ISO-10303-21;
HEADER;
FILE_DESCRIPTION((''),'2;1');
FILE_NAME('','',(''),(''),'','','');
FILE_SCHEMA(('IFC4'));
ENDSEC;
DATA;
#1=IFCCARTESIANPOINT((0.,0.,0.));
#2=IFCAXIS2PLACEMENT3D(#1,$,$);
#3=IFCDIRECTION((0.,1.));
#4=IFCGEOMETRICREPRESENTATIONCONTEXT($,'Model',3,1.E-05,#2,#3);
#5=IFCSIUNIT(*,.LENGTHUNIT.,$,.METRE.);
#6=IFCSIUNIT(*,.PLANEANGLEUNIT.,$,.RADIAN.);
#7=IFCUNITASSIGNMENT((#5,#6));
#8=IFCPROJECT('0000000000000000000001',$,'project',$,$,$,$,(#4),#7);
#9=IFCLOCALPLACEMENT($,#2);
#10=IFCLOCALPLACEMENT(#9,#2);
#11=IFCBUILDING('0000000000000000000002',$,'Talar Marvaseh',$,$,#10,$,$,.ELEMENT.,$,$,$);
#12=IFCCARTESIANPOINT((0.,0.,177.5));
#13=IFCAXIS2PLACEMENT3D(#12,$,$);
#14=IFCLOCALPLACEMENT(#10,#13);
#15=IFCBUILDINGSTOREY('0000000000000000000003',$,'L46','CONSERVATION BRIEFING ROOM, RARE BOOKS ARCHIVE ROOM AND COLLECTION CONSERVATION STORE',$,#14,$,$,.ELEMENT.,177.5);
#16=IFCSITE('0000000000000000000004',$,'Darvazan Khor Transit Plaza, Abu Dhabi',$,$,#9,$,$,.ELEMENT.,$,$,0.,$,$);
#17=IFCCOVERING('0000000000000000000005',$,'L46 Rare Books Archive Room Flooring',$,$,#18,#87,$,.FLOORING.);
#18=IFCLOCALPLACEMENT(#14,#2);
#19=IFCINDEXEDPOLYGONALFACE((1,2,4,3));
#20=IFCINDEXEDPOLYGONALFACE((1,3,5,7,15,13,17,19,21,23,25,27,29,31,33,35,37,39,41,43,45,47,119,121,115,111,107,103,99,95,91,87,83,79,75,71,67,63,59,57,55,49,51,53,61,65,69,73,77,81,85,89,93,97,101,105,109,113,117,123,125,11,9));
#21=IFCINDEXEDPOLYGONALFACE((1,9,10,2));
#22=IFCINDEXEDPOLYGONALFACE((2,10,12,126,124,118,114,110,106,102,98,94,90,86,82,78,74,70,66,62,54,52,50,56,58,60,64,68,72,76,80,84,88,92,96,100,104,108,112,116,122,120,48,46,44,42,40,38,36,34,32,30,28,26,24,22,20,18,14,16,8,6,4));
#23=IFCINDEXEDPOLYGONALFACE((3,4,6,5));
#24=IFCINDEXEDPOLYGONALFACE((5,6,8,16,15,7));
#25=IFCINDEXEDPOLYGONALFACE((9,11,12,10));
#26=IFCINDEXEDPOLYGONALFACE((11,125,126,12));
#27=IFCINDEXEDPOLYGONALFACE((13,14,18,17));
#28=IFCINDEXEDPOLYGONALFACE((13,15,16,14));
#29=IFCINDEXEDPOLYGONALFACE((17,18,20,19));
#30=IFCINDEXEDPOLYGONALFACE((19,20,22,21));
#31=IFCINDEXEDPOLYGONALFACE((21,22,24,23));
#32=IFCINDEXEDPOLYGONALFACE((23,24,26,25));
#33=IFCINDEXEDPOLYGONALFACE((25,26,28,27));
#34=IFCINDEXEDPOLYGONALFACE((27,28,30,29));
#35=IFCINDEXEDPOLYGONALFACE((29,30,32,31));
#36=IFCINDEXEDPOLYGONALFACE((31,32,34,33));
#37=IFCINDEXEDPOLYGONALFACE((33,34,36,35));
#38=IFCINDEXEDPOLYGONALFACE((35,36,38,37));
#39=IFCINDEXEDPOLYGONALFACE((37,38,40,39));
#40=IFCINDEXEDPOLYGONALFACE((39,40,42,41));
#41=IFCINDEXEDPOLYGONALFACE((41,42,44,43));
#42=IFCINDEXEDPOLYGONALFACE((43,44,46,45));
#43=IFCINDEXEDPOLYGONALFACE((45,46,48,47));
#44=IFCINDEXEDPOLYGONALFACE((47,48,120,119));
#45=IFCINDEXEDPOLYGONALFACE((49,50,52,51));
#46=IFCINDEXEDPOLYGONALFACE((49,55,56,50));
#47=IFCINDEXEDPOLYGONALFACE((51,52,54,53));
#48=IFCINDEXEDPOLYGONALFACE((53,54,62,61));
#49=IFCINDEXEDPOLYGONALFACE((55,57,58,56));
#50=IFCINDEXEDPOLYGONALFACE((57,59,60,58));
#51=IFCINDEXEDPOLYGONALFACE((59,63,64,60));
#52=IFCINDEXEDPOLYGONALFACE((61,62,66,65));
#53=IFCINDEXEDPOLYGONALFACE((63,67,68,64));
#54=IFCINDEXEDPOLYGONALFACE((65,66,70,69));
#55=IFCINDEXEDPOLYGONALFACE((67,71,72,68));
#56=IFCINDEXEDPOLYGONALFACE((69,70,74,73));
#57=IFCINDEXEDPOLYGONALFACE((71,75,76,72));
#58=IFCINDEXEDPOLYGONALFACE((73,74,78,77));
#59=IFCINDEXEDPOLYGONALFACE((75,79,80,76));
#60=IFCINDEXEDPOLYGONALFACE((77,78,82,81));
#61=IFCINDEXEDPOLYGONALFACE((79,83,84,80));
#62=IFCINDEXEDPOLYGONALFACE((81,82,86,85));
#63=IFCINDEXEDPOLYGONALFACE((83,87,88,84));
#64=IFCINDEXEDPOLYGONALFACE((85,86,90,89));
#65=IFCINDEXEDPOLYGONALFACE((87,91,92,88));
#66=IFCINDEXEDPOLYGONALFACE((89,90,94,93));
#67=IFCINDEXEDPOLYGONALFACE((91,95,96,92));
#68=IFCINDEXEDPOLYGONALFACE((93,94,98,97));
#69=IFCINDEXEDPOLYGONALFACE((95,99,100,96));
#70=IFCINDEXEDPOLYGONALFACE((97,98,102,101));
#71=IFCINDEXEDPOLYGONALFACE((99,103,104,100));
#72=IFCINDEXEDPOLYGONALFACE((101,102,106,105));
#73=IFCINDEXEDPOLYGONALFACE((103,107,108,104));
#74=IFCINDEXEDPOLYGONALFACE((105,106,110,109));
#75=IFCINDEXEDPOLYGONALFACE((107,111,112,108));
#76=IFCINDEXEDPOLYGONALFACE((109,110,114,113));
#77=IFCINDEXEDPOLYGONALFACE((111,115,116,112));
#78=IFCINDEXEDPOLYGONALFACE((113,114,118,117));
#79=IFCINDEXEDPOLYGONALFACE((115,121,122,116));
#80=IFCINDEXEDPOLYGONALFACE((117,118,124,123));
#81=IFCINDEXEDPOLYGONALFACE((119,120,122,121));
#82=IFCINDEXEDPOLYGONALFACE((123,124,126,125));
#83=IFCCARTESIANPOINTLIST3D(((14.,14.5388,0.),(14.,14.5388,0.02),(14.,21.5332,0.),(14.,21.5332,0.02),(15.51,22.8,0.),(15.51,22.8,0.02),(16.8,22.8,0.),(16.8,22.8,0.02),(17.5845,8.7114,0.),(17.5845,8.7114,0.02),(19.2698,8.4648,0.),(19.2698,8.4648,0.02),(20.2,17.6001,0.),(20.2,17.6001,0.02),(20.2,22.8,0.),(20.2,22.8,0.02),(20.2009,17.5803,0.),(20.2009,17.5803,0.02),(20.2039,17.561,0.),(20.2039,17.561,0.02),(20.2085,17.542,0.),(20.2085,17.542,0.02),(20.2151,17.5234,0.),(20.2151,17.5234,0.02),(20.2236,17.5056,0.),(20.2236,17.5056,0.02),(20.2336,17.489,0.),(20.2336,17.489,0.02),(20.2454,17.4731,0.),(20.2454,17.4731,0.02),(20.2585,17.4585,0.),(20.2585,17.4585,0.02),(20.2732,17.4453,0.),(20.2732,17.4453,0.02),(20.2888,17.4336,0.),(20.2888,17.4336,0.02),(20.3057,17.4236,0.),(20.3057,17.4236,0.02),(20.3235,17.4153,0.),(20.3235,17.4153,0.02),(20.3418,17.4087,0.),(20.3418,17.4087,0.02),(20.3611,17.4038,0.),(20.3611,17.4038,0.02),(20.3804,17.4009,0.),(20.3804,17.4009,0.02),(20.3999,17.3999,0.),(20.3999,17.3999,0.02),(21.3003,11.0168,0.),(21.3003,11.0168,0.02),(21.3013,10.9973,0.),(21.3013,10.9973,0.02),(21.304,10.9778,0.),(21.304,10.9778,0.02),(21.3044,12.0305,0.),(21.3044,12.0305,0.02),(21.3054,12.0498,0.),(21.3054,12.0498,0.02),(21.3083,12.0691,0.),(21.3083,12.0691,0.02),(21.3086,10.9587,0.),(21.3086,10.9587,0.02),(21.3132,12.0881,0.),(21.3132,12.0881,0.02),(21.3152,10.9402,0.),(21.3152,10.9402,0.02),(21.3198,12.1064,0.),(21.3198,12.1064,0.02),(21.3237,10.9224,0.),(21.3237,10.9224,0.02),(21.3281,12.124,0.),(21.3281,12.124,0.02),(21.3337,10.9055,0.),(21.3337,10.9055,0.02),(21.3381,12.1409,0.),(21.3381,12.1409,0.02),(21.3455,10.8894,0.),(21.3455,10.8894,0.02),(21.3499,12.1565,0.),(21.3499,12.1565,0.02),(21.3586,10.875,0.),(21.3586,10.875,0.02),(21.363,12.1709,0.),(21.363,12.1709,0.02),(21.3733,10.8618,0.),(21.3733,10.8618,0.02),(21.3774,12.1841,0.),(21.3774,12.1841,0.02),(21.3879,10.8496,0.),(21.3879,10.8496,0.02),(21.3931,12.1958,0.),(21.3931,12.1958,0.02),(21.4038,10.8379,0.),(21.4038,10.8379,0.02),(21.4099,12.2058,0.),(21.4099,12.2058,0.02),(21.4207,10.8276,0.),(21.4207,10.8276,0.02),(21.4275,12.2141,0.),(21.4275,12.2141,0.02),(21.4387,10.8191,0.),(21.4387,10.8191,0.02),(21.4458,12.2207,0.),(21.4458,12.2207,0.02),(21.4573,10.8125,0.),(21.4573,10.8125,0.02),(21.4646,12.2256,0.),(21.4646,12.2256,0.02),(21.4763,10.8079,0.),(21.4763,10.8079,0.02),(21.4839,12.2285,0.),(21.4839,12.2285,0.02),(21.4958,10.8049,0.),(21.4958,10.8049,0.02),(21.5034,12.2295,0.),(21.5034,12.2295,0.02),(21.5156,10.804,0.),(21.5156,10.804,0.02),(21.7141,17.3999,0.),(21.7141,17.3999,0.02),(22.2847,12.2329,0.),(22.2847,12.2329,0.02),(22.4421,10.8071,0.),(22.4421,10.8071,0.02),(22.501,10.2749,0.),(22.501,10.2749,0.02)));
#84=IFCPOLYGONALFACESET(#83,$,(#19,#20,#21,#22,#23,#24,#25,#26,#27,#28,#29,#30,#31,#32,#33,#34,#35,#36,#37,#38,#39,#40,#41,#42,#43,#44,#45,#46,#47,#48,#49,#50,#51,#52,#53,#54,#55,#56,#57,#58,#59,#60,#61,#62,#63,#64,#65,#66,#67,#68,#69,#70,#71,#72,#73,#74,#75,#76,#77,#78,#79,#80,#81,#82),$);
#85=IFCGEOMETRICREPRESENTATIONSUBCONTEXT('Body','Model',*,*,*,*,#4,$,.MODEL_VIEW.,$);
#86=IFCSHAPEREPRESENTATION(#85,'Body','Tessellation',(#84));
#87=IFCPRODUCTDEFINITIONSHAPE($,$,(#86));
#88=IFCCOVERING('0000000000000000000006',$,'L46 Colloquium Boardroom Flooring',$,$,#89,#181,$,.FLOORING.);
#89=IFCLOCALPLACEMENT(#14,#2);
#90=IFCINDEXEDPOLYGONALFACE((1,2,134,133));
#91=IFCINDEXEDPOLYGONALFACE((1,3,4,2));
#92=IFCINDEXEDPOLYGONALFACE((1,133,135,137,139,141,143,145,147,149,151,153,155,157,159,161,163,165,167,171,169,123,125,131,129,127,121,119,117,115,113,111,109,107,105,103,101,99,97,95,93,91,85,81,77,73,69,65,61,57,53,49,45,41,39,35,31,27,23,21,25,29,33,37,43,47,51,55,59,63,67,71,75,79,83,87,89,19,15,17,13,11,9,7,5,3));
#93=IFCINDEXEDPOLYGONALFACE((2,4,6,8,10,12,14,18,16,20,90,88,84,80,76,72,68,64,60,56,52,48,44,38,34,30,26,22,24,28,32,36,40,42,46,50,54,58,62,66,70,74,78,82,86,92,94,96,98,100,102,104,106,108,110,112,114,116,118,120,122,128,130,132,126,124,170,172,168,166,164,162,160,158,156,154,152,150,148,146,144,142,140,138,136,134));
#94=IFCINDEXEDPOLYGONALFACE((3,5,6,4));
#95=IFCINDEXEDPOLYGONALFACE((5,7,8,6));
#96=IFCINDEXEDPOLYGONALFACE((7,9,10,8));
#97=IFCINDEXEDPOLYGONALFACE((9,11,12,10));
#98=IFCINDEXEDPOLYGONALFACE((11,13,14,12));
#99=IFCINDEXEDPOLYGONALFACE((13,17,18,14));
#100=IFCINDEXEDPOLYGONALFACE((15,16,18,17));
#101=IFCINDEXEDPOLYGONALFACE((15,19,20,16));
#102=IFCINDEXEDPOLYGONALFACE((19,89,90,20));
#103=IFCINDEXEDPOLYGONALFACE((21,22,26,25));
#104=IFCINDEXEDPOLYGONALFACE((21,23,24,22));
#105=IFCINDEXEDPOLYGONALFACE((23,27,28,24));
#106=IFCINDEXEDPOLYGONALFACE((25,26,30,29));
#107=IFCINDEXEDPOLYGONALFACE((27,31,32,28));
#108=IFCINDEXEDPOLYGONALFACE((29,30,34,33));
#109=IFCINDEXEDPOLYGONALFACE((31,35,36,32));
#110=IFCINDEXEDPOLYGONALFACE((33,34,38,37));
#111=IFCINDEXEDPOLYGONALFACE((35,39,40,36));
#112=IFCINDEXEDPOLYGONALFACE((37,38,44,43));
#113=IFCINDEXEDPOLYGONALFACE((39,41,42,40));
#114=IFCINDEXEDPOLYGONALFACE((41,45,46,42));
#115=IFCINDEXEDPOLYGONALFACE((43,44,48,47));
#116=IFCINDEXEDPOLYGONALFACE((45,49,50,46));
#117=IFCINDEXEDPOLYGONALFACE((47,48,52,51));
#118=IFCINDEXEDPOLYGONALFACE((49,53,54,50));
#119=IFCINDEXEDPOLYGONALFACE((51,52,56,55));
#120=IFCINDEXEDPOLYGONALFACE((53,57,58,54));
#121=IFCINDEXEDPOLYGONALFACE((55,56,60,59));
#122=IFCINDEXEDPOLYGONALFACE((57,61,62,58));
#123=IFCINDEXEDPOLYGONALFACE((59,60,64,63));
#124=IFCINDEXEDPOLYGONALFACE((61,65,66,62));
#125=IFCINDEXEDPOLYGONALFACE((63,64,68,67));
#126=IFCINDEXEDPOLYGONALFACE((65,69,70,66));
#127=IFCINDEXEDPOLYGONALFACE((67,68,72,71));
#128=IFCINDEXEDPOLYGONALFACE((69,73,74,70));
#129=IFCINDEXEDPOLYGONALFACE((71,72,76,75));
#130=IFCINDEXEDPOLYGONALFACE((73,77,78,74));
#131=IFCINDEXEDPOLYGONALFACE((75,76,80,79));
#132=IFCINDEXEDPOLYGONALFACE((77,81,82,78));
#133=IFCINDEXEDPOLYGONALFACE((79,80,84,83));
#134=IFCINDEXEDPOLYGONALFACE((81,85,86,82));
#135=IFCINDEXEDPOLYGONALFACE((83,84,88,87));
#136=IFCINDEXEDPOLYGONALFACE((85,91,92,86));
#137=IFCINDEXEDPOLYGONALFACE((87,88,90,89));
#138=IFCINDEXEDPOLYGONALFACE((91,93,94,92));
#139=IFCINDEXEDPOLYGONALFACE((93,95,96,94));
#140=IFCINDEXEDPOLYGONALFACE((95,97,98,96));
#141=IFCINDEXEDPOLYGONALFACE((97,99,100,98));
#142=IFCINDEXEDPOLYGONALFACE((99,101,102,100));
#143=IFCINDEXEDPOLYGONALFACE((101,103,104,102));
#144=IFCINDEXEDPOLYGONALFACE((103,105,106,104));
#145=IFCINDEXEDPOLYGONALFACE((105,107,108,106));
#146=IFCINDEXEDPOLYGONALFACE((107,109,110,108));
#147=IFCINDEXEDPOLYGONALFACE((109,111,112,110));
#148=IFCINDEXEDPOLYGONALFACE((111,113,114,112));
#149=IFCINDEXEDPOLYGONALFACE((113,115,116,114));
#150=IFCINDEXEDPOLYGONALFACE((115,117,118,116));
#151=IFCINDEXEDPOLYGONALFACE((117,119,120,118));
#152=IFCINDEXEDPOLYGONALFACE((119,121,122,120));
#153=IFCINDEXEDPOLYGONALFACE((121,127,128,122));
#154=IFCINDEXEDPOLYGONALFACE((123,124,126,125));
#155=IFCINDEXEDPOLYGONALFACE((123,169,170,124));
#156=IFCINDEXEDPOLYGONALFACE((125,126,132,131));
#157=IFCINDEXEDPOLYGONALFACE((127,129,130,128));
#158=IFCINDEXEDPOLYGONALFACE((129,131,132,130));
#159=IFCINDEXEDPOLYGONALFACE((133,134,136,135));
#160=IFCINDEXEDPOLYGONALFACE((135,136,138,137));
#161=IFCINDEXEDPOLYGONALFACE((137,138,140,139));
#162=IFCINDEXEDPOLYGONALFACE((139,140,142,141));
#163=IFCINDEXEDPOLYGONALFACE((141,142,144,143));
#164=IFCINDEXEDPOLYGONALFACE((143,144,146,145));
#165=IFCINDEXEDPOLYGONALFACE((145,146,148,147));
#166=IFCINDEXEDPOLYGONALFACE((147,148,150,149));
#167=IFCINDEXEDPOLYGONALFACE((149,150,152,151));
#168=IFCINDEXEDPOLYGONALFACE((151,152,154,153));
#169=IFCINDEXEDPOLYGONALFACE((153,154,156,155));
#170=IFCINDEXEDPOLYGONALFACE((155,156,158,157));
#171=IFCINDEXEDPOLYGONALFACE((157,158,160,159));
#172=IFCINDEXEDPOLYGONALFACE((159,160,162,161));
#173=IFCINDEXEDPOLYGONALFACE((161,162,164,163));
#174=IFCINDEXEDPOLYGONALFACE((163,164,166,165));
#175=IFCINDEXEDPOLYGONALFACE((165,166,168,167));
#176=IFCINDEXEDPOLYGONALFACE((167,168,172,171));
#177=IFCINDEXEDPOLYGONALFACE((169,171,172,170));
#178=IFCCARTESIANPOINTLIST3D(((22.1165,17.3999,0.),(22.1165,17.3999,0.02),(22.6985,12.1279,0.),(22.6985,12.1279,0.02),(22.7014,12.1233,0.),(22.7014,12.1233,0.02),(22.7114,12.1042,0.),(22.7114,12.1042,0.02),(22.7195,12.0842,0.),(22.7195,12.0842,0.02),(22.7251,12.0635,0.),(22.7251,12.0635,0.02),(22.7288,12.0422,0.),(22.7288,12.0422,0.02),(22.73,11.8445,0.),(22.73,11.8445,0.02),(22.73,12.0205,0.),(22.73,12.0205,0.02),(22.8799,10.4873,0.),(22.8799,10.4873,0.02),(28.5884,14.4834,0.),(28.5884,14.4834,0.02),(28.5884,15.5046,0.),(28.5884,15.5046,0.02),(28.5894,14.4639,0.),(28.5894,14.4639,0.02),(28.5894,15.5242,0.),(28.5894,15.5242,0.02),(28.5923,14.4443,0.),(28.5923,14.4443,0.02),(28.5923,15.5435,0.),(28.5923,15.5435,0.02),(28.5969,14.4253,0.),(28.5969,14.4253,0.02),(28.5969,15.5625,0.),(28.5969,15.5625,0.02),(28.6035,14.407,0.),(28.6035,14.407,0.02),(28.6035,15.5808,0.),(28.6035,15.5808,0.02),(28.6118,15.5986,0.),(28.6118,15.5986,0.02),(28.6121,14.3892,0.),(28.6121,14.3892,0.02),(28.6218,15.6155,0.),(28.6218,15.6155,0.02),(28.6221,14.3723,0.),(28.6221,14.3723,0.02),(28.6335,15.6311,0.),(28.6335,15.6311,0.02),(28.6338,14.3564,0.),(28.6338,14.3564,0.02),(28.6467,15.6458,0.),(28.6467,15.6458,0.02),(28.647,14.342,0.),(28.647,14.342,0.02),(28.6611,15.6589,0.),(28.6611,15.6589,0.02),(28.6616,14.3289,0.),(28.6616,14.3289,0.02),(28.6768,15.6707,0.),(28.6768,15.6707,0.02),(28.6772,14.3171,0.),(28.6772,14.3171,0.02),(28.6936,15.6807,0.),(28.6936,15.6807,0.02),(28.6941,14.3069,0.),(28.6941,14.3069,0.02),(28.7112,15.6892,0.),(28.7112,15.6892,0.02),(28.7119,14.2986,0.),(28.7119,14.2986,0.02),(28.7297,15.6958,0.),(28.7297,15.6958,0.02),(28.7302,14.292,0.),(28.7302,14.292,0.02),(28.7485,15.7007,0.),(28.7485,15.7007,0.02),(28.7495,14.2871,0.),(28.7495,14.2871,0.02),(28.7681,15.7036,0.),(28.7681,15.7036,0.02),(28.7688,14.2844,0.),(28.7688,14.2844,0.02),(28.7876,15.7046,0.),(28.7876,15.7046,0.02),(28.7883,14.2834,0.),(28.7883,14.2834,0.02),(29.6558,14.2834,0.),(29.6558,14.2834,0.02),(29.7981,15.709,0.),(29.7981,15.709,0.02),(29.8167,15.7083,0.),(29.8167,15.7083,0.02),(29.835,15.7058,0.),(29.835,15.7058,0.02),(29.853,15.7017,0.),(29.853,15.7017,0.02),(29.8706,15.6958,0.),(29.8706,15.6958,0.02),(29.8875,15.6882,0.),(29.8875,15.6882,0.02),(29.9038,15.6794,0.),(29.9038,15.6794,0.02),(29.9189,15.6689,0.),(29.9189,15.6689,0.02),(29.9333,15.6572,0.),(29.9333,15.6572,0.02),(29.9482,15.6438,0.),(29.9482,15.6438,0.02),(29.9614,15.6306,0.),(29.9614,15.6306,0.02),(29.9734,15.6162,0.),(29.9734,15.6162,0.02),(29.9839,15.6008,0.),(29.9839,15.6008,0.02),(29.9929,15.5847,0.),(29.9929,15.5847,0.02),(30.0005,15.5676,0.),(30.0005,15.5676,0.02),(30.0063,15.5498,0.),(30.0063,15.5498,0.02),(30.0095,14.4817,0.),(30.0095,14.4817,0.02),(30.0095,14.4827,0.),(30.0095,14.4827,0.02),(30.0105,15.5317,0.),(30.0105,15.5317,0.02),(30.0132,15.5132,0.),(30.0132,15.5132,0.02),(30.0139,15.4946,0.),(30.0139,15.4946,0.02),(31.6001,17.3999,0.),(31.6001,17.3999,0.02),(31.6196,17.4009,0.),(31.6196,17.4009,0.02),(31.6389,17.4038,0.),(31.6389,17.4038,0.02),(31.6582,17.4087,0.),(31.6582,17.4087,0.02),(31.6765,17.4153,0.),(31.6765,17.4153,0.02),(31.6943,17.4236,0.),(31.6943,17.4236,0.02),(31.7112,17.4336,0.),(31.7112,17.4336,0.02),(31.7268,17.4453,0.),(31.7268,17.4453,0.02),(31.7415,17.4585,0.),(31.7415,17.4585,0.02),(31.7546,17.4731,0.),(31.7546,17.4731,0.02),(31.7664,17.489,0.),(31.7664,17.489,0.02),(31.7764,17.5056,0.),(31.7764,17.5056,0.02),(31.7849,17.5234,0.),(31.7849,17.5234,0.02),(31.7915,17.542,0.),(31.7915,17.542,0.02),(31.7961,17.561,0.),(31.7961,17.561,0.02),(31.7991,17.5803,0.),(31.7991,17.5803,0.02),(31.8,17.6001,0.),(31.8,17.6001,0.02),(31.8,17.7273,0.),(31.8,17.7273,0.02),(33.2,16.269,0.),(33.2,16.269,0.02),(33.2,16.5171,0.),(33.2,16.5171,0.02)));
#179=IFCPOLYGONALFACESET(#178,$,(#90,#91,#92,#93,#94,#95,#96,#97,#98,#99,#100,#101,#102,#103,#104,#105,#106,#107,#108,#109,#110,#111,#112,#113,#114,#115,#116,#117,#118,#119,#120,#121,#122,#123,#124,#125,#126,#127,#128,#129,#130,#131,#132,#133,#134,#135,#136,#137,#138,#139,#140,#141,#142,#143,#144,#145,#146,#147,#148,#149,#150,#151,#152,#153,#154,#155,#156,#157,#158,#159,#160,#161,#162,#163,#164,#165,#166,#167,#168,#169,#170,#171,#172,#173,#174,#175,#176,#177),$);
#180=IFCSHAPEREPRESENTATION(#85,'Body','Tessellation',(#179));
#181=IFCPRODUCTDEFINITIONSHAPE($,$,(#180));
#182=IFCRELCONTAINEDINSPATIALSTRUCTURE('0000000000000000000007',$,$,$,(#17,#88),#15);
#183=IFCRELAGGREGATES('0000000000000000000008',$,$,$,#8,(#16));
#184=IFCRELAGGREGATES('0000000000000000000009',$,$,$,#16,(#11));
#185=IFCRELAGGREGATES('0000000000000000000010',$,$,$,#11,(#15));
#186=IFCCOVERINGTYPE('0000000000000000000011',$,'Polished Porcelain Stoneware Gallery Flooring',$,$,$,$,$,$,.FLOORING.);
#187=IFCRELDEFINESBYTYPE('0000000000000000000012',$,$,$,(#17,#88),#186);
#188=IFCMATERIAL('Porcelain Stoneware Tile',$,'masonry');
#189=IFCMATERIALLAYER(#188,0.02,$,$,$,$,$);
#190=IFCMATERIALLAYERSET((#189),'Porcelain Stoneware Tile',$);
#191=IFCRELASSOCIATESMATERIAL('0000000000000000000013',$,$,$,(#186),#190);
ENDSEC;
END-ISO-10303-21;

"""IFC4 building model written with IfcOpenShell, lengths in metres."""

from ifc_helpers import new_model, si_unit, direction, frame, origin, place, context, subcontext, project, spatial, polyline, outline, extrude, material, layer, layer_set, type_object, element, save


model = new_model("IFC4")

# Units and contexts
model_context = context("Model", 3, precision=1e-05, world=origin(), true_north=direction((0.0, 1.0)))
body_context = subcontext(model_context, "Body", "Model", "MODEL_VIEW")
ifc_project = project(units=[si_unit("LENGTHUNIT", "METRE"), si_unit("PLANEANGLEUNIT", "RADIAN")], contexts=[model_context])

# Site, building, storey
site_placement = place(None, origin())
site = spatial("IfcSite", under=ifc_project, at=site_placement, Name="Darvazan Khor Transit Plaza, Abu Dhabi", CompositionType="ELEMENT", RefElevation=0.0)
building_placement = place(site_placement, origin())
building = spatial("IfcBuilding", under=site, at=building_placement, Name="Talar Marvaseh", CompositionType="ELEMENT")
storey_placement = place(building_placement, frame((0.0, 0.0, 177.5)))
storey = spatial("IfcBuildingStorey", under=building, at=storey_placement, Name="L46", Description="CONSERVATION BRIEFING ROOM, RARE BOOKS ARCHIVE ROOM AND COLLECTION CONSERVATION STORE", CompositionType="ELEMENT", Elevation=177.5)

# Coverings
ifc_material_1 = material(Name="Porcelain Stoneware Tile", Category="masonry")
ifc_layer_1 = layer(ifc_material_1, 0.02)
ifc_layer_set_1 = layer_set([ifc_layer_1], Name="Porcelain Stoneware Tile")
covering_type_1 = type_object("IfcCoveringType", Name="Polished Porcelain Stoneware Gallery Flooring", PredefinedType="FLOORING", material=ifc_layer_set_1)
covering_1_placement = place(storey_placement, origin())
element("IfcCovering", 1, at=covering_1_placement, inside=storey, type_object=covering_type_1, Name="L46 Rare Books Archive Room Flooring", PredefinedType="FLOORING", context=body_context, shape_type="SweptSolid", body=[
    extrude(outline(polyline([(16.8, 22.8), (20.2, 22.8), (20.2, 17.6001), (20.2009, 17.5803), (20.2039, 17.561), (20.2085, 17.542), (20.2151, 17.5234), (20.2236, 17.5056), (20.2336, 17.489), (20.2454, 17.4731), (20.2585, 17.4585), (20.2732, 17.4453), (20.2888, 17.4336), (20.3057, 17.4236), (20.3235, 17.4153), (20.3418, 17.4087), (20.3611, 17.4038), (20.3804, 17.4009), (20.3999, 17.3999), (21.7141, 17.3999), (22.2847, 12.2329), (21.5034, 12.2295), (21.4839, 12.2285), (21.4646, 12.2256), (21.4458, 12.2207), (21.4275, 12.2141), (21.4099, 12.2058), (21.3931, 12.1958), (21.3774, 12.1841), (21.363, 12.1709), (21.3499, 12.1565), (21.3381, 12.1409), (21.3281, 12.124), (21.3198, 12.1064), (21.3132, 12.0881), (21.3083, 12.0691), (21.3054, 12.0498), (21.3044, 12.0305), (21.3003, 11.0168), (21.3013, 10.9973), (21.304, 10.9778), (21.3086, 10.9587), (21.3152, 10.9402), (21.3237, 10.9224), (21.3337, 10.9055), (21.3455, 10.8894), (21.3586, 10.875), (21.3733, 10.8618), (21.3879, 10.8496), (21.4038, 10.8379), (21.4207, 10.8276), (21.4387, 10.8191), (21.4573, 10.8125), (21.4763, 10.8079), (21.4958, 10.8049), (21.5156, 10.804), (22.4421, 10.8071), (22.501, 10.2749), (19.2698, 8.4648), (17.5845, 8.7114), (14.0, 14.5388), (14.0, 21.5332), (15.51, 22.8), (16.8, 22.8)])), origin(), (0.0, 0.0, 1.0), 0.02),
])
covering_2_placement = place(storey_placement, origin())
element("IfcCovering", 2, at=covering_2_placement, inside=storey, type_object=covering_type_1, Name="L46 Colloquium Boardroom Flooring", PredefinedType="FLOORING", context=body_context, shape_type="SweptSolid", body=[
    extrude(outline(polyline([(31.6001, 17.3999), (31.6196, 17.4009), (31.6389, 17.4038), (31.6582, 17.4087), (31.6765, 17.4153), (31.6943, 17.4236), (31.7112, 17.4336), (31.7268, 17.4453), (31.7415, 17.4585), (31.7546, 17.4731), (31.7664, 17.489), (31.7764, 17.5056), (31.7849, 17.5234), (31.7915, 17.542), (31.7961, 17.561), (31.7991, 17.5803), (31.8, 17.6001), (31.8, 17.7273), (33.2, 16.5171), (33.2, 16.269), (30.0095, 14.4817), (30.0095, 14.4827), (30.0139, 15.4946), (30.0132, 15.5132), (30.0105, 15.5317), (30.0063, 15.5498), (30.0005, 15.5676), (29.9929, 15.5847), (29.9839, 15.6008), (29.9734, 15.6162), (29.9614, 15.6306), (29.9482, 15.6438), (29.9333, 15.6572), (29.9189, 15.6689), (29.9038, 15.6794), (29.8875, 15.6882), (29.8706, 15.6958), (29.853, 15.7017), (29.835, 15.7058), (29.8167, 15.7083), (29.7981, 15.709), (28.7876, 15.7046), (28.7681, 15.7036), (28.7485, 15.7007), (28.7297, 15.6958), (28.7112, 15.6892), (28.6936, 15.6807), (28.6768, 15.6707), (28.6611, 15.6589), (28.6467, 15.6458), (28.6335, 15.6311), (28.6218, 15.6155), (28.6118, 15.5986), (28.6035, 15.5808), (28.5969, 15.5625), (28.5923, 15.5435), (28.5894, 15.5242), (28.5884, 15.5046), (28.5884, 14.4834), (28.5894, 14.4639), (28.5923, 14.4443), (28.5969, 14.4253), (28.6035, 14.407), (28.6121, 14.3892), (28.6221, 14.3723), (28.6338, 14.3564), (28.647, 14.342), (28.6616, 14.3289), (28.6772, 14.3171), (28.6941, 14.3069), (28.7119, 14.2986), (28.7302, 14.292), (28.7495, 14.2871), (28.7688, 14.2844), (28.7883, 14.2834), (29.6558, 14.2834), (22.8799, 10.4873), (22.73, 11.8445), (22.73, 12.0205), (22.7288, 12.0422), (22.7251, 12.0635), (22.7195, 12.0842), (22.7114, 12.1042), (22.7014, 12.1233), (22.6985, 12.1279), (22.1165, 17.3999), (31.6001, 17.3999)])), origin(), (0.0, 0.0, 1.0), 0.02),
])

save(model, "model.ifc")
